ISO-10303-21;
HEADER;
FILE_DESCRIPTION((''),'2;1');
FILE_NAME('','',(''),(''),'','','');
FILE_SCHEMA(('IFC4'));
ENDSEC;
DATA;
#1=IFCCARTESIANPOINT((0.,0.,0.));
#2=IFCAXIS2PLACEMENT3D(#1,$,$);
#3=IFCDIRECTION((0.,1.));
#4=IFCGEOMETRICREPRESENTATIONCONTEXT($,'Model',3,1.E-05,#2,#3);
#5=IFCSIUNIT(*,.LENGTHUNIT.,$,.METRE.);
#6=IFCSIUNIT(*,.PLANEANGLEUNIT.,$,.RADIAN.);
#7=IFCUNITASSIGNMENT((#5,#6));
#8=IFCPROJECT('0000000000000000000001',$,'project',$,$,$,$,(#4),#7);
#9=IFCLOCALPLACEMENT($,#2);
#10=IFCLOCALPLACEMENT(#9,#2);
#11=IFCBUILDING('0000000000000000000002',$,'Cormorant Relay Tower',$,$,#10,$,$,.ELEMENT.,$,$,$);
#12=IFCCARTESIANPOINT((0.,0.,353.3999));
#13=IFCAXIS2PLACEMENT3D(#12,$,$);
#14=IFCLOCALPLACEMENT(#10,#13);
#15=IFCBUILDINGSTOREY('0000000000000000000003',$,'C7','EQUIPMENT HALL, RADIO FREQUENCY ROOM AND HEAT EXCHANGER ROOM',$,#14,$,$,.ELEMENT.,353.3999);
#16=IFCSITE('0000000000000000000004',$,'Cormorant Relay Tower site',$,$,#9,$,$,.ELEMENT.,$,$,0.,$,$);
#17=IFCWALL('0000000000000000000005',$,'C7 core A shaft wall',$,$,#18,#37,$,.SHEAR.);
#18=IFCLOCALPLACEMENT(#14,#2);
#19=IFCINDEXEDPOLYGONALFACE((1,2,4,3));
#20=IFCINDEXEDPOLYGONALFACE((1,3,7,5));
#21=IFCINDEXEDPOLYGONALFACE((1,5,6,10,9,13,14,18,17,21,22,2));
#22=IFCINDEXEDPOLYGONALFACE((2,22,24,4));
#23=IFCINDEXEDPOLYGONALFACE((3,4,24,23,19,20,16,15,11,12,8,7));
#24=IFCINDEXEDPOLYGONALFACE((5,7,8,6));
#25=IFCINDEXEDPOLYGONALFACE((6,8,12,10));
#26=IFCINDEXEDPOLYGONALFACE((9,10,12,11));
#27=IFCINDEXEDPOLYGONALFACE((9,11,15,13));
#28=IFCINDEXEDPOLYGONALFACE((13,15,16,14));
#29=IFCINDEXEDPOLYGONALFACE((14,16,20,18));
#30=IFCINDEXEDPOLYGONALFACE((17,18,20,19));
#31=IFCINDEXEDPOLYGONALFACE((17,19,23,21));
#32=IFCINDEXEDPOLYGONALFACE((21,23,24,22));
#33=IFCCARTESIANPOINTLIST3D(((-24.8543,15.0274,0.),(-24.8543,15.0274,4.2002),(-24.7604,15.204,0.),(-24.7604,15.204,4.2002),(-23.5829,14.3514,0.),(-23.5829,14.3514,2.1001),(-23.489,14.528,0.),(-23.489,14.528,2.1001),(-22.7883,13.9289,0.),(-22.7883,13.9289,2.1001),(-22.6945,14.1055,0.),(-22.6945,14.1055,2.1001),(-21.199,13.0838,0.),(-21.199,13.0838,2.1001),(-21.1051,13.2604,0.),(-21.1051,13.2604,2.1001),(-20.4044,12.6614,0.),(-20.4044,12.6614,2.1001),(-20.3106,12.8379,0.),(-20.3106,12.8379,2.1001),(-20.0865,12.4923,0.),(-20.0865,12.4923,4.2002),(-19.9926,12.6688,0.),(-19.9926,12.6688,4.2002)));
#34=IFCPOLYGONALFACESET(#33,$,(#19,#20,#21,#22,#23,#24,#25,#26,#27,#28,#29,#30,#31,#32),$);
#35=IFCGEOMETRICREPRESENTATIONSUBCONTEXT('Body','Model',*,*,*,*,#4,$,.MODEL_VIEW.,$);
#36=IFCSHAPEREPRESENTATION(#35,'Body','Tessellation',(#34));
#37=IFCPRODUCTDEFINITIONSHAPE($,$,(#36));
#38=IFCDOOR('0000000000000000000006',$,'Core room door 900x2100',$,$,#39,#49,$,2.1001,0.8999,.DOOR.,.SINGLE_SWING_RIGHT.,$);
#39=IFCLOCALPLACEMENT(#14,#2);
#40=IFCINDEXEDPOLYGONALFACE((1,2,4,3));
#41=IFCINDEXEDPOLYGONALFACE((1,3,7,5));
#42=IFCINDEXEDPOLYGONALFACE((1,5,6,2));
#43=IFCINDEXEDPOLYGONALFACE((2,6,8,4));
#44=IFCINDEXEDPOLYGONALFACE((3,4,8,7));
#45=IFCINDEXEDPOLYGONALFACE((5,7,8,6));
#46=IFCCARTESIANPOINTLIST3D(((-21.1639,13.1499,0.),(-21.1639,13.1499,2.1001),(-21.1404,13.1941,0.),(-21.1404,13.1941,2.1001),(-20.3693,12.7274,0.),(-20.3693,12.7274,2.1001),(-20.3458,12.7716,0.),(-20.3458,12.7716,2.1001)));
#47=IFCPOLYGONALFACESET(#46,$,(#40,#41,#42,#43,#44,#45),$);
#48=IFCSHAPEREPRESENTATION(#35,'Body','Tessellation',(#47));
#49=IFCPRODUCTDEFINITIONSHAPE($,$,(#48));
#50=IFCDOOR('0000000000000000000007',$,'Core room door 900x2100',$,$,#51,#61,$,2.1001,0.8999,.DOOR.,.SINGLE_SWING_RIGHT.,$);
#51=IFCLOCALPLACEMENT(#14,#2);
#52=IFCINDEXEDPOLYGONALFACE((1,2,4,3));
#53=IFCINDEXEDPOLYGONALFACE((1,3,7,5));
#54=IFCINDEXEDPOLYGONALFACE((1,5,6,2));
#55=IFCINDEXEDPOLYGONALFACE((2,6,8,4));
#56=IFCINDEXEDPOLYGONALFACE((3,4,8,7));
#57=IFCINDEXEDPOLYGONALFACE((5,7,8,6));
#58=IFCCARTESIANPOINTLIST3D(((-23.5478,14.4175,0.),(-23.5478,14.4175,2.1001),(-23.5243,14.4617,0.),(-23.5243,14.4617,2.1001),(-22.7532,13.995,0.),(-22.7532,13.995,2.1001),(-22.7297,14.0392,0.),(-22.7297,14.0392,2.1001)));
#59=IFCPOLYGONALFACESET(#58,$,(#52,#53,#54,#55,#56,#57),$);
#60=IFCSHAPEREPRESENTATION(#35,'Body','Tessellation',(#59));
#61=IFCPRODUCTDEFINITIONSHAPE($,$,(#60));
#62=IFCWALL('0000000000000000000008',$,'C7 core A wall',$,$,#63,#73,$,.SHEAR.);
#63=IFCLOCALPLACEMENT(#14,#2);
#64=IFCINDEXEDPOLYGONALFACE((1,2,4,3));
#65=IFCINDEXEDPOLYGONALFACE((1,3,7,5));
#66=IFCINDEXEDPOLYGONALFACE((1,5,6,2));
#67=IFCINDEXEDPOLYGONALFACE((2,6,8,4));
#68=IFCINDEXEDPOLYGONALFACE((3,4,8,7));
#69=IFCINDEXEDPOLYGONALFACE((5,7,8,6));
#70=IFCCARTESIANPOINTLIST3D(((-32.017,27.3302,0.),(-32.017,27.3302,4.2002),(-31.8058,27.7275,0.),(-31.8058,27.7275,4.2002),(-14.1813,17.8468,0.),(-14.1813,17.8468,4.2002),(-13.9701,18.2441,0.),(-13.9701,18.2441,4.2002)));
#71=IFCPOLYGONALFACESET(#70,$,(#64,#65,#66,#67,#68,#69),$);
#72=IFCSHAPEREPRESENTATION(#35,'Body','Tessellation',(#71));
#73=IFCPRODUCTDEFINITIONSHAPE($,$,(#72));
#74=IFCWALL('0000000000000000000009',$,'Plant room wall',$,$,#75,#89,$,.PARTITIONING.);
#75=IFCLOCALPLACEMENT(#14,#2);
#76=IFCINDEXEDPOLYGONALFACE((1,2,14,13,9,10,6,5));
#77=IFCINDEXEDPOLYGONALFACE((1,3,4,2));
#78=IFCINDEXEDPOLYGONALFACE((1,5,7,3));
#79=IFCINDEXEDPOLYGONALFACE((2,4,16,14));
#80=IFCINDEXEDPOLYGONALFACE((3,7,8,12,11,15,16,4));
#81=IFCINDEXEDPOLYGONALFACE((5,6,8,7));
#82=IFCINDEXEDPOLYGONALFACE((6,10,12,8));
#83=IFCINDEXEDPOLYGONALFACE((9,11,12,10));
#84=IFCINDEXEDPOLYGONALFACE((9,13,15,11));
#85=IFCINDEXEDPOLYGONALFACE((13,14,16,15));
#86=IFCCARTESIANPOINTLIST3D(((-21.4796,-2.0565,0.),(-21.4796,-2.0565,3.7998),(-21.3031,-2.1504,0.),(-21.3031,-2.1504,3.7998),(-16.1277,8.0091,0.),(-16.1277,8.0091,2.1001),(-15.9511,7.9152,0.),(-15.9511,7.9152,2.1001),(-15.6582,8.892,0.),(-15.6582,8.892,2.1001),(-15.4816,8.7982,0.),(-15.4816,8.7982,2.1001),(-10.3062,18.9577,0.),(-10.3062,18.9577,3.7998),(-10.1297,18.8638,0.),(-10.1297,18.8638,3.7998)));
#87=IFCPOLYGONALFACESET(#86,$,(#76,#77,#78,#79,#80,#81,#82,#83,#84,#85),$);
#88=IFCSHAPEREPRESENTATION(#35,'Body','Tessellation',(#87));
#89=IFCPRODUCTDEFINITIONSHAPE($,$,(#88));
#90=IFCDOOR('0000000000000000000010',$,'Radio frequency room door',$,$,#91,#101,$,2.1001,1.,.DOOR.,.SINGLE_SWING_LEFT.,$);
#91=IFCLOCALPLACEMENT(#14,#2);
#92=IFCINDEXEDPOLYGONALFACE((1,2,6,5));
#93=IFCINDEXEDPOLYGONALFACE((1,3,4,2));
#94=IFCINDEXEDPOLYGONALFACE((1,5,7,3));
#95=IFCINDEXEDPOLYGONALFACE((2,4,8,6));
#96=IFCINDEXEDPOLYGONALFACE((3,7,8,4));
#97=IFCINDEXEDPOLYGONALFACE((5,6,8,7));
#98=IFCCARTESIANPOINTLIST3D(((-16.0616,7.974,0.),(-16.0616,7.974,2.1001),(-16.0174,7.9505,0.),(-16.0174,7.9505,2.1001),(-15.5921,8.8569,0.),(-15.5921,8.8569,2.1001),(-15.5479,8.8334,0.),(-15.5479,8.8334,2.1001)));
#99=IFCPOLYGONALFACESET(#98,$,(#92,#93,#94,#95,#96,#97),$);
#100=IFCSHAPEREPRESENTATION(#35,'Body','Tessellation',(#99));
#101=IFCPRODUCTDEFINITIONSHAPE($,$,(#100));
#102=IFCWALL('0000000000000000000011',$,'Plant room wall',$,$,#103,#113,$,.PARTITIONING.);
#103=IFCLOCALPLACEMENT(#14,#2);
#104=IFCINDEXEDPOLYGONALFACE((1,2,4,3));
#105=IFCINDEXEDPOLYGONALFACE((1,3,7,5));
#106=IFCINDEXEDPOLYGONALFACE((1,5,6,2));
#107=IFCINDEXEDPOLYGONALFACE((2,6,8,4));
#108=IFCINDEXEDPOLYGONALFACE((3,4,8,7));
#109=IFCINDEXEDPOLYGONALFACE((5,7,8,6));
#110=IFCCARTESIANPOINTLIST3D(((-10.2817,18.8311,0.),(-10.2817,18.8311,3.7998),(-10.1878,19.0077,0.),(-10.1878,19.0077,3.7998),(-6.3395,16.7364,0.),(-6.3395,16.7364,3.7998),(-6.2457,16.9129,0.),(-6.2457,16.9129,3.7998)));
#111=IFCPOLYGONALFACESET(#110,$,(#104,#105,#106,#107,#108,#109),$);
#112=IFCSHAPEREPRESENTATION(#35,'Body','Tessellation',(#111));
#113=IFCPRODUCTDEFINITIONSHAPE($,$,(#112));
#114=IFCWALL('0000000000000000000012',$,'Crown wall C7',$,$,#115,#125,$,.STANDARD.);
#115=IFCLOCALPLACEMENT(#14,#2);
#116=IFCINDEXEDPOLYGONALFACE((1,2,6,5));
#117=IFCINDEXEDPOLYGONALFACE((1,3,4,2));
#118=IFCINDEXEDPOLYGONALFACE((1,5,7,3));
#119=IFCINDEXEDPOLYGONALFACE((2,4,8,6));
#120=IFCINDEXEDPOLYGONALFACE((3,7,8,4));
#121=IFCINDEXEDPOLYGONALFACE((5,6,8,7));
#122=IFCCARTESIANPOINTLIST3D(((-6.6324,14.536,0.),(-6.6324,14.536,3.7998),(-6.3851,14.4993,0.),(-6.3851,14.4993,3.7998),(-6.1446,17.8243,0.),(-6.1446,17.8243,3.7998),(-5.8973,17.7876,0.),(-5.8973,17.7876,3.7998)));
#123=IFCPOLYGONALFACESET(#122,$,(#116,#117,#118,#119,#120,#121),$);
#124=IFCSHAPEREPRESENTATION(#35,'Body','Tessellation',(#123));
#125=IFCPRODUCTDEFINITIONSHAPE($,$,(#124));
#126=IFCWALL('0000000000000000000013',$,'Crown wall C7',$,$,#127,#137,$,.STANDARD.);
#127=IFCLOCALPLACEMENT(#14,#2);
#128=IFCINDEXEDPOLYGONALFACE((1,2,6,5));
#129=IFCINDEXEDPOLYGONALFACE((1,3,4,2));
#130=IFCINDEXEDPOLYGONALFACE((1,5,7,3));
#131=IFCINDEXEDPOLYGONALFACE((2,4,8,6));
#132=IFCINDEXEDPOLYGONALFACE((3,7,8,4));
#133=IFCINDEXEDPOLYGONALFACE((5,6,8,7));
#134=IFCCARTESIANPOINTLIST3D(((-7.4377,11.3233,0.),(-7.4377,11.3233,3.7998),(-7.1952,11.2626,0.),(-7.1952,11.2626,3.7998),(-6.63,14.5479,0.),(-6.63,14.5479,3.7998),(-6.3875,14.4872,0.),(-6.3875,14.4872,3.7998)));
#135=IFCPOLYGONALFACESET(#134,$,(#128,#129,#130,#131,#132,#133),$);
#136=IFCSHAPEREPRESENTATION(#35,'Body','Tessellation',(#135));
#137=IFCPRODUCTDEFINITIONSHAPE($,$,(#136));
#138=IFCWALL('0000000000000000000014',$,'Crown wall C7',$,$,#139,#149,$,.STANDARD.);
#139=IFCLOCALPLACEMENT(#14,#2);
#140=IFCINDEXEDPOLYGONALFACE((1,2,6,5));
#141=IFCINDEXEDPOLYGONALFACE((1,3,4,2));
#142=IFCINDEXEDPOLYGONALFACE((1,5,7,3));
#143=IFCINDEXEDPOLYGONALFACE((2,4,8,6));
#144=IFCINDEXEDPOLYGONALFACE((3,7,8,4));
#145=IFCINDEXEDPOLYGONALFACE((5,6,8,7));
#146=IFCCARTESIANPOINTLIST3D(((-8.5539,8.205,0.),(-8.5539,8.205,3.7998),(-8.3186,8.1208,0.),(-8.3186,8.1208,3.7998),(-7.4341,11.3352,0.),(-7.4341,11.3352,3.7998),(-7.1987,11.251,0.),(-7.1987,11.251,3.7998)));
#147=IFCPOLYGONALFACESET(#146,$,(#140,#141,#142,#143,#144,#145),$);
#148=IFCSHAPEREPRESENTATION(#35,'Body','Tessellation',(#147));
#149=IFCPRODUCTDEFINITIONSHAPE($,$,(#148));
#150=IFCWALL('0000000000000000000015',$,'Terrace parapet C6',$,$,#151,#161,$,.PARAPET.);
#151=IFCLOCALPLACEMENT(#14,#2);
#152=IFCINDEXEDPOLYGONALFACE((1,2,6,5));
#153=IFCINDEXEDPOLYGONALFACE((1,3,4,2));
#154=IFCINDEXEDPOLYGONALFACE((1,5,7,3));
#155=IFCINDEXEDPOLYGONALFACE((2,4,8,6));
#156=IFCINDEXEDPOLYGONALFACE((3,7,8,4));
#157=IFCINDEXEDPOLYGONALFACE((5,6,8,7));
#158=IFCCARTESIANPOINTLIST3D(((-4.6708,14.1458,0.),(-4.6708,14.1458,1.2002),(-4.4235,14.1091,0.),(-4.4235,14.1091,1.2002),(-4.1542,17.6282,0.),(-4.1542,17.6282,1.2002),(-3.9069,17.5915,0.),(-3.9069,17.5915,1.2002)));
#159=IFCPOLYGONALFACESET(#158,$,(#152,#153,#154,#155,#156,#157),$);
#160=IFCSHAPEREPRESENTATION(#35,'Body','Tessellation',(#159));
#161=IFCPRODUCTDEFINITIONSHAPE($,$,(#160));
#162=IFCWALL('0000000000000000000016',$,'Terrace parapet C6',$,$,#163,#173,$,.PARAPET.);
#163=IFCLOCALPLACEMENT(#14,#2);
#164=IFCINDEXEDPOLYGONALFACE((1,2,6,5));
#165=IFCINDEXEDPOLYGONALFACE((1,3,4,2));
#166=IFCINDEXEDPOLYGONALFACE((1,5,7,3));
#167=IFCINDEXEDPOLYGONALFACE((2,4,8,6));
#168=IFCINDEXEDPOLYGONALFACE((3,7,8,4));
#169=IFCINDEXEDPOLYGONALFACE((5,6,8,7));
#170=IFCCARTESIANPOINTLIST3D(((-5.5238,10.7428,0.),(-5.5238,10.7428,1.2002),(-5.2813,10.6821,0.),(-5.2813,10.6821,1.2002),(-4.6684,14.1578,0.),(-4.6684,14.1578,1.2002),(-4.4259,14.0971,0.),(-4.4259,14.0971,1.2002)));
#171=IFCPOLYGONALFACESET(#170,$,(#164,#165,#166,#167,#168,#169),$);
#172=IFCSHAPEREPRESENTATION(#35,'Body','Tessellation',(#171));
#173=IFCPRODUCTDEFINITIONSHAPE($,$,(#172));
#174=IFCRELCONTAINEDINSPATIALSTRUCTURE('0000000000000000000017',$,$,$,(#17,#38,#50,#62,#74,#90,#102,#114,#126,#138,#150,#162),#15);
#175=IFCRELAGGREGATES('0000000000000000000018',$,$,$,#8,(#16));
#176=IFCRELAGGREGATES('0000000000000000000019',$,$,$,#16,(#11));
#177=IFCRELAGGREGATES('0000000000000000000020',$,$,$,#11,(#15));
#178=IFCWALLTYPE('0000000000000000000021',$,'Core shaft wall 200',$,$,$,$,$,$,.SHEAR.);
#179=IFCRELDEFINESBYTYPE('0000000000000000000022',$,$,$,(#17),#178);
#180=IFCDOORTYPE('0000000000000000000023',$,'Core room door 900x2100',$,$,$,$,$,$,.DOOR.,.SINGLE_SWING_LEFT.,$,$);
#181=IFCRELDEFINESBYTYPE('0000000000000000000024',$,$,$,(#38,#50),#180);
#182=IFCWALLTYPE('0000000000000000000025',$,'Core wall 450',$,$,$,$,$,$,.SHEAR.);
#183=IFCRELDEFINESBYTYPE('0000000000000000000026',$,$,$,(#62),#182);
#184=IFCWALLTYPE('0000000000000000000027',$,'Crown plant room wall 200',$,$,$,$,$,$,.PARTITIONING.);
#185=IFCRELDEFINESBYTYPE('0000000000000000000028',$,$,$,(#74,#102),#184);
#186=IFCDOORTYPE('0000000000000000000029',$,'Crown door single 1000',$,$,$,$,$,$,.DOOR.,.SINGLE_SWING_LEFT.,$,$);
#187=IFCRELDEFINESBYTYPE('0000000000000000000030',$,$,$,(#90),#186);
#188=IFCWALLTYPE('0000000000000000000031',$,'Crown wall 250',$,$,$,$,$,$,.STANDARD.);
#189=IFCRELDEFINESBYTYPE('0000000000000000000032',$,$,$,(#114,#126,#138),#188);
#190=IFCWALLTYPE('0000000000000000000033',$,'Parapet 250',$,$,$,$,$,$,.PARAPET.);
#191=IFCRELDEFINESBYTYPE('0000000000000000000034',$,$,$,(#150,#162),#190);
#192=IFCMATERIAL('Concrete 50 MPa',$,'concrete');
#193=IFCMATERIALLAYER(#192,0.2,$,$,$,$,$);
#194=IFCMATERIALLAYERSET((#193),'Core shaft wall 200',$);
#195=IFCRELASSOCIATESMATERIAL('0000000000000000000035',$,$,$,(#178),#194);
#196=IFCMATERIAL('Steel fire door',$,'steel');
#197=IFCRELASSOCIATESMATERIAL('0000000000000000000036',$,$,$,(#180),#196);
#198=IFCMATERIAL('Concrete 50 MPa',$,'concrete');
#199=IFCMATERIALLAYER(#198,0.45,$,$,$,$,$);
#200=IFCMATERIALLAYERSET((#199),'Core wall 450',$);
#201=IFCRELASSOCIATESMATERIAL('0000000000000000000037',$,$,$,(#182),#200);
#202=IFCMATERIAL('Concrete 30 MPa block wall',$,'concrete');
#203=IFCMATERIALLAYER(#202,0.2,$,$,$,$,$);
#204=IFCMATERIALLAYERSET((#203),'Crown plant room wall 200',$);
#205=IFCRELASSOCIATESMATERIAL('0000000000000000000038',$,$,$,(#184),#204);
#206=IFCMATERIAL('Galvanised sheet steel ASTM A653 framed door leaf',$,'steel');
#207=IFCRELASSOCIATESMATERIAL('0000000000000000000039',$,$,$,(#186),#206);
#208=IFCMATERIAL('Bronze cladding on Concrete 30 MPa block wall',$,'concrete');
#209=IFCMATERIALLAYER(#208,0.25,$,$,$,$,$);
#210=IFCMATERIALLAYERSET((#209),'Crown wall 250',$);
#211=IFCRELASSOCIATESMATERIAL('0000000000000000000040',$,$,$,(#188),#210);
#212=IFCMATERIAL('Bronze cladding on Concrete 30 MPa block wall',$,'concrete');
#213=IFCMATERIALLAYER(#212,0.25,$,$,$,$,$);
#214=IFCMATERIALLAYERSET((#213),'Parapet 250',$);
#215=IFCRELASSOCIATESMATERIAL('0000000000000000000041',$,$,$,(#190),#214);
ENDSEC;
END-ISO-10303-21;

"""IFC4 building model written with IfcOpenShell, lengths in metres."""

from ifc_helpers import new_model, si_unit, direction, frame, frame_2d, origin, place, context, subcontext, project, spatial, rectangle, extrude, material, layer, layer_set, type_object, element, fill, save


model = new_model("IFC4")

# Units and contexts
model_context = context("Model", 3, precision=1e-05, world=origin(), true_north=direction((0.0, 1.0)))
body_context = subcontext(model_context, "Body", "Model", "MODEL_VIEW")
ifc_project = project(units=[si_unit("LENGTHUNIT", "METRE"), si_unit("PLANEANGLEUNIT", "RADIAN")], contexts=[model_context])

# Site, building, storey
site_placement = place(None, origin())
site = spatial("IfcSite", under=ifc_project, at=site_placement, Name="Cormorant Relay Tower site", CompositionType="ELEMENT", RefElevation=0.0)
building_placement = place(site_placement, origin())
building = spatial("IfcBuilding", under=site, at=building_placement, Name="Cormorant Relay Tower", CompositionType="ELEMENT")
storey_placement = place(building_placement, frame((0.0, 0.0, 353.3999)))
storey = spatial("IfcBuildingStorey", under=building, at=storey_placement, Name="C7", Description="EQUIPMENT HALL, RADIO FREQUENCY ROOM AND HEAT EXCHANGER ROOM", CompositionType="ELEMENT", Elevation=353.3999)

# Shared definitions
ifc_material_1 = material(Name="Concrete 50 MPa", Category="concrete")
ifc_layer_1 = layer(ifc_material_1, 0.2)
ifc_layer_set_1 = layer_set([ifc_layer_1], Name="Core shaft wall 200")
wall_type_1 = type_object("IfcWallType", Name="Core shaft wall 200", PredefinedType="SHEAR", material=ifc_layer_set_1)

# Wall, openings, doors
wall_1_placement = place(storey_placement, frame((-20.0396, 12.5806, 0.0), z_axis=(0.0, 0.0, 1.0), x_axis=(-0.882943, 0.46948, 0.0)))
wall_1 = element("IfcWall", 1, at=wall_1_placement, inside=storey, type_object=wall_type_1, Name="C7 core A shaft wall", PredefinedType="SHEAR", context=body_context, shape_type="SweptSolid", body=[
    extrude(rectangle(XDim=5.3999, YDim=0.2, at=frame_2d((2.7, 0.0))), origin(), (0.0, 0.0, 1.0), 4.2002),
])
opening_1_placement = place(wall_1_placement, frame((0.3601, 0.0, 0.0)))
opening_1 = element("IfcOpeningElement", 2, at=opening_1_placement, cuts=wall_1, PredefinedType="OPENING", context=body_context, shape_type="SweptSolid", body=[
    extrude(rectangle(XDim=0.8999, YDim=2.1001, at=frame_2d((0.45, 1.05))), frame((0.0, 0.1099, 0.0), z_axis=(0.0, -1.0, 0.0), x_axis=(1.0, 0.0, 0.0)), (0.0, 0.0, 1.0), 0.22),
])
opening_2_placement = place(wall_1_placement, frame((3.0601, 0.0, 0.0)))
opening_2 = element("IfcOpeningElement", 3, at=opening_2_placement, cuts=wall_1, PredefinedType="OPENING", context=body_context, shape_type="SweptSolid", body=[
    extrude(rectangle(XDim=0.8999, YDim=2.1001, at=frame_2d((0.45, 1.05))), frame((0.0, 0.1099, 0.0), z_axis=(0.0, -1.0, 0.0), x_axis=(1.0, 0.0, 0.0)), (0.0, 0.0, 1.0), 0.22),
])
ifc_material_2 = material(Name="Steel fire door", Category="steel")
door_type_1 = type_object("IfcDoorType", Name="Core room door 900x2100", OperationType="SINGLE_SWING_LEFT", PredefinedType="DOOR", material=ifc_material_2)
door_1_placement = place(opening_1_placement, frame((0.8999, 0.0, 0.0), z_axis=(0.0, 0.0, 1.0), x_axis=(-1.0, 0.0, 0.0)))
door_1 = element("IfcDoor", 4, at=door_1_placement, inside=storey, type_object=door_type_1, Name="Core room door 900x2100", OperationType="SINGLE_SWING_RIGHT", OverallHeight=2.1001, OverallWidth=0.8999, PredefinedType="DOOR", context=body_context, shape_type="SweptSolid", body=[
    extrude(rectangle(XDim=0.8999, YDim=2.1001, at=frame_2d((0.45, 1.05))), frame((0.0, 0.0249, 0.0), z_axis=(0.0, -1.0, 0.0), x_axis=(1.0, 0.0, 0.0)), (0.0, 0.0, 1.0), 0.05),
])
fill(opening_1, door_1)
door_2_placement = place(opening_2_placement, frame((0.8999, 0.0, 0.0), z_axis=(0.0, 0.0, 1.0), x_axis=(-1.0, 0.0, 0.0)))
door_2 = element("IfcDoor", 5, at=door_2_placement, inside=storey, type_object=door_type_1, Name="Core room door 900x2100", OperationType="SINGLE_SWING_RIGHT", OverallHeight=2.1001, OverallWidth=0.8999, PredefinedType="DOOR", context=body_context, shape_type="SweptSolid", body=[
    extrude(rectangle(XDim=0.8999, YDim=2.1001, at=frame_2d((0.45, 1.05))), frame((0.0, 0.0249, 0.0), z_axis=(0.0, -1.0, 0.0), x_axis=(1.0, 0.0, 0.0)), (0.0, 0.0, 1.0), 0.05),
])
fill(opening_2, door_2)

# Shared definitions
ifc_material_3 = material(Name="Concrete 50 MPa", Category="concrete")
ifc_layer_2 = layer(ifc_material_3, 0.45)
ifc_layer_set_2 = layer_set([ifc_layer_2], Name="Core wall 450")
wall_type_2 = type_object("IfcWallType", Name="Core wall 450", PredefinedType="SHEAR", material=ifc_layer_set_2)

# Wall
wall_2_placement = place(storey_placement, frame((-14.0757, 18.0454, 0.0), z_axis=(0.0, 0.0, 1.0), x_axis=(-0.882948, 0.469471, 0.0)))
element("IfcWall", 6, at=wall_2_placement, inside=storey, type_object=wall_type_2, Name="C7 core A wall", PredefinedType="SHEAR", context=body_context, shape_type="SweptSolid", body=[
    extrude(rectangle(XDim=20.2002, YDim=0.45, at=frame_2d((10.1001, 0.0))), origin(), (0.0, 0.0, 1.0), 4.2002),
])

# Wall, opening, door
ifc_material_4 = material(Name="Concrete 30 MPa block wall", Category="concrete")
ifc_layer_3 = layer(ifc_material_4, 0.2)
ifc_layer_set_3 = layer_set([ifc_layer_3], Name="Crown plant room wall 200")
wall_type_3 = type_object("IfcWallType", Name="Crown plant room wall 200", PredefinedType="PARTITIONING", material=ifc_layer_set_3)
wall_3_placement = place(storey_placement, frame((-10.218, 18.9106, 0.0), z_axis=(0.0, 0.0, 1.0), x_axis=(-0.469469, -0.882949, 0.0)))
wall_3 = element("IfcWall", 7, at=wall_3_placement, inside=storey, type_object=wall_type_3, Name="Plant room wall", PredefinedType="PARTITIONING", context=body_context, shape_type="SweptSolid", body=[
    extrude(rectangle(XDim=23.8, YDim=0.2, at=frame_2d((11.8999, 0.0))), origin(), (0.0, 0.0, 1.0), 3.7998),
])
opening_3_placement = place(wall_3_placement, frame((11.3999, 0.0, 0.0)))
opening_3 = element("IfcOpeningElement", 8, at=opening_3_placement, cuts=wall_3, PredefinedType="OPENING", context=body_context, shape_type="SweptSolid", body=[
    extrude(rectangle(XDim=1.0, YDim=2.1001, at=frame_2d((0.5, 1.05))), frame((0.0, 0.1099, 0.0), z_axis=(0.0, -1.0, 0.0), x_axis=(1.0, 0.0, 0.0)), (0.0, 0.0, 1.0), 0.22),
])
ifc_material_5 = material(Name="Galvanised sheet steel ASTM A653 framed door leaf", Category="steel")
door_type_2 = type_object("IfcDoorType", Name="Crown door single 1000", OperationType="SINGLE_SWING_LEFT", PredefinedType="DOOR", material=ifc_material_5)
door_3_placement = place(opening_3_placement, origin())
door_3 = element("IfcDoor", 9, at=door_3_placement, inside=storey, type_object=door_type_2, Name="Radio frequency room door", OperationType="SINGLE_SWING_LEFT", OverallHeight=2.1001, OverallWidth=1.0, PredefinedType="DOOR", context=body_context, shape_type="SweptSolid", body=[
    extrude(rectangle(XDim=1.0, YDim=2.1001, at=frame_2d((0.5, 1.05))), frame((0.0, 0.0249, 0.0), z_axis=(0.0, -1.0, 0.0), x_axis=(1.0, 0.0, 0.0)), (0.0, 0.0, 1.0), 0.05),
])
fill(opening_3, door_3)

# Walls
wall_4_placement = place(storey_placement, frame((-6.2927, 16.8247, 0.0), z_axis=(0.0, 0.0, 1.0), x_axis=(-0.883073, 0.469237, 0.0)))
element("IfcWall", 10, at=wall_4_placement, inside=storey, type_object=wall_type_3, Name="Plant room wall", PredefinedType="PARTITIONING", context=body_context, shape_type="SweptSolid", body=[
    extrude(rectangle(XDim=4.4641, YDim=0.2, at=frame_2d((2.2319, 0.0))), origin(), (0.0, 0.0, 1.0), 3.7998),
])
ifc_material_6 = material(Name="Bronze cladding on Concrete 30 MPa block wall", Category="concrete")
ifc_layer_4 = layer(ifc_material_6, 0.25)
ifc_layer_set_4 = layer_set([ifc_layer_4], Name="Crown wall 250")
wall_type_4 = type_object("IfcWallType", Name="Crown wall 250", PredefinedType="STANDARD", material=ifc_layer_set_4)
for number, where, z_axis, x_axis, name in (
    (11, (-6.021, 17.8059, 0.0), (0.0, 0.0, 1.0), (-0.146735, -0.989176, 0.0), "Crown wall C7"),
    (12, (-6.5088, 14.5176, 0.0), (0.0, 0.0, 1.0), (-0.24295, -0.970039, 0.0), "Crown wall C7"),
):
    element("IfcWall", number, at=place(storey_placement, frame(where, z_axis=z_axis, x_axis=x_axis)), inside=storey, type_object=wall_type_4, Name=name, PredefinedType="STANDARD", context=body_context, shape_type="SweptSolid", body=[
        extrude(rectangle(XDim=3.3242, YDim=0.25, at=frame_2d((1.6621, 0.0))), origin(), (0.0, 0.0, 1.0), 3.7998),
    ])
wall_5_placement = place(storey_placement, frame((-7.3164, 11.293, 0.0), z_axis=(0.0, 0.0, 1.0), x_axis=(-0.336862, -0.941554, 0.0)))
element("IfcWall", 13, at=wall_5_placement, inside=storey, type_object=wall_type_4, Name="Crown wall C7", PredefinedType="STANDARD", context=body_context, shape_type="SweptSolid", body=[
    extrude(rectangle(XDim=3.3245, YDim=0.25, at=frame_2d((1.6621, 0.0))), origin(), (0.0, 0.0, 1.0), 3.7998),
])
ifc_material_7 = material(Name="Bronze cladding on Concrete 30 MPa block wall", Category="concrete")
ifc_layer_5 = layer(ifc_material_7, 0.25)
ifc_layer_set_5 = layer_set([ifc_layer_5], Name="Parapet 250")
wall_type_5 = type_object("IfcWallType", Name="Parapet 250", PredefinedType="PARAPET", material=ifc_layer_set_5)
for number, where, z_axis, x_axis, name in (
    (14, (-4.0305, 17.6099, 0.0), (0.0, 0.0, 1.0), (-0.14674, -0.989175, 0.0), "Terrace parapet C6"),
    (15, (-4.5471, 14.1274, 0.0), (0.0, 0.0, 1.0), (-0.242992, -0.970028, 0.0), "Terrace parapet C6"),
):
    element("IfcWall", number, at=place(storey_placement, frame(where, z_axis=z_axis, x_axis=x_axis)), inside=storey, type_object=wall_type_5, Name=name, PredefinedType="PARAPET", context=body_context, shape_type="SweptSolid", body=[
        extrude(rectangle(XDim=3.5205, YDim=0.25, at=frame_2d((1.7603, 0.0))), origin(), (0.0, 0.0, 1.0), 1.2002),
    ])

save(model, "model.ifc")
